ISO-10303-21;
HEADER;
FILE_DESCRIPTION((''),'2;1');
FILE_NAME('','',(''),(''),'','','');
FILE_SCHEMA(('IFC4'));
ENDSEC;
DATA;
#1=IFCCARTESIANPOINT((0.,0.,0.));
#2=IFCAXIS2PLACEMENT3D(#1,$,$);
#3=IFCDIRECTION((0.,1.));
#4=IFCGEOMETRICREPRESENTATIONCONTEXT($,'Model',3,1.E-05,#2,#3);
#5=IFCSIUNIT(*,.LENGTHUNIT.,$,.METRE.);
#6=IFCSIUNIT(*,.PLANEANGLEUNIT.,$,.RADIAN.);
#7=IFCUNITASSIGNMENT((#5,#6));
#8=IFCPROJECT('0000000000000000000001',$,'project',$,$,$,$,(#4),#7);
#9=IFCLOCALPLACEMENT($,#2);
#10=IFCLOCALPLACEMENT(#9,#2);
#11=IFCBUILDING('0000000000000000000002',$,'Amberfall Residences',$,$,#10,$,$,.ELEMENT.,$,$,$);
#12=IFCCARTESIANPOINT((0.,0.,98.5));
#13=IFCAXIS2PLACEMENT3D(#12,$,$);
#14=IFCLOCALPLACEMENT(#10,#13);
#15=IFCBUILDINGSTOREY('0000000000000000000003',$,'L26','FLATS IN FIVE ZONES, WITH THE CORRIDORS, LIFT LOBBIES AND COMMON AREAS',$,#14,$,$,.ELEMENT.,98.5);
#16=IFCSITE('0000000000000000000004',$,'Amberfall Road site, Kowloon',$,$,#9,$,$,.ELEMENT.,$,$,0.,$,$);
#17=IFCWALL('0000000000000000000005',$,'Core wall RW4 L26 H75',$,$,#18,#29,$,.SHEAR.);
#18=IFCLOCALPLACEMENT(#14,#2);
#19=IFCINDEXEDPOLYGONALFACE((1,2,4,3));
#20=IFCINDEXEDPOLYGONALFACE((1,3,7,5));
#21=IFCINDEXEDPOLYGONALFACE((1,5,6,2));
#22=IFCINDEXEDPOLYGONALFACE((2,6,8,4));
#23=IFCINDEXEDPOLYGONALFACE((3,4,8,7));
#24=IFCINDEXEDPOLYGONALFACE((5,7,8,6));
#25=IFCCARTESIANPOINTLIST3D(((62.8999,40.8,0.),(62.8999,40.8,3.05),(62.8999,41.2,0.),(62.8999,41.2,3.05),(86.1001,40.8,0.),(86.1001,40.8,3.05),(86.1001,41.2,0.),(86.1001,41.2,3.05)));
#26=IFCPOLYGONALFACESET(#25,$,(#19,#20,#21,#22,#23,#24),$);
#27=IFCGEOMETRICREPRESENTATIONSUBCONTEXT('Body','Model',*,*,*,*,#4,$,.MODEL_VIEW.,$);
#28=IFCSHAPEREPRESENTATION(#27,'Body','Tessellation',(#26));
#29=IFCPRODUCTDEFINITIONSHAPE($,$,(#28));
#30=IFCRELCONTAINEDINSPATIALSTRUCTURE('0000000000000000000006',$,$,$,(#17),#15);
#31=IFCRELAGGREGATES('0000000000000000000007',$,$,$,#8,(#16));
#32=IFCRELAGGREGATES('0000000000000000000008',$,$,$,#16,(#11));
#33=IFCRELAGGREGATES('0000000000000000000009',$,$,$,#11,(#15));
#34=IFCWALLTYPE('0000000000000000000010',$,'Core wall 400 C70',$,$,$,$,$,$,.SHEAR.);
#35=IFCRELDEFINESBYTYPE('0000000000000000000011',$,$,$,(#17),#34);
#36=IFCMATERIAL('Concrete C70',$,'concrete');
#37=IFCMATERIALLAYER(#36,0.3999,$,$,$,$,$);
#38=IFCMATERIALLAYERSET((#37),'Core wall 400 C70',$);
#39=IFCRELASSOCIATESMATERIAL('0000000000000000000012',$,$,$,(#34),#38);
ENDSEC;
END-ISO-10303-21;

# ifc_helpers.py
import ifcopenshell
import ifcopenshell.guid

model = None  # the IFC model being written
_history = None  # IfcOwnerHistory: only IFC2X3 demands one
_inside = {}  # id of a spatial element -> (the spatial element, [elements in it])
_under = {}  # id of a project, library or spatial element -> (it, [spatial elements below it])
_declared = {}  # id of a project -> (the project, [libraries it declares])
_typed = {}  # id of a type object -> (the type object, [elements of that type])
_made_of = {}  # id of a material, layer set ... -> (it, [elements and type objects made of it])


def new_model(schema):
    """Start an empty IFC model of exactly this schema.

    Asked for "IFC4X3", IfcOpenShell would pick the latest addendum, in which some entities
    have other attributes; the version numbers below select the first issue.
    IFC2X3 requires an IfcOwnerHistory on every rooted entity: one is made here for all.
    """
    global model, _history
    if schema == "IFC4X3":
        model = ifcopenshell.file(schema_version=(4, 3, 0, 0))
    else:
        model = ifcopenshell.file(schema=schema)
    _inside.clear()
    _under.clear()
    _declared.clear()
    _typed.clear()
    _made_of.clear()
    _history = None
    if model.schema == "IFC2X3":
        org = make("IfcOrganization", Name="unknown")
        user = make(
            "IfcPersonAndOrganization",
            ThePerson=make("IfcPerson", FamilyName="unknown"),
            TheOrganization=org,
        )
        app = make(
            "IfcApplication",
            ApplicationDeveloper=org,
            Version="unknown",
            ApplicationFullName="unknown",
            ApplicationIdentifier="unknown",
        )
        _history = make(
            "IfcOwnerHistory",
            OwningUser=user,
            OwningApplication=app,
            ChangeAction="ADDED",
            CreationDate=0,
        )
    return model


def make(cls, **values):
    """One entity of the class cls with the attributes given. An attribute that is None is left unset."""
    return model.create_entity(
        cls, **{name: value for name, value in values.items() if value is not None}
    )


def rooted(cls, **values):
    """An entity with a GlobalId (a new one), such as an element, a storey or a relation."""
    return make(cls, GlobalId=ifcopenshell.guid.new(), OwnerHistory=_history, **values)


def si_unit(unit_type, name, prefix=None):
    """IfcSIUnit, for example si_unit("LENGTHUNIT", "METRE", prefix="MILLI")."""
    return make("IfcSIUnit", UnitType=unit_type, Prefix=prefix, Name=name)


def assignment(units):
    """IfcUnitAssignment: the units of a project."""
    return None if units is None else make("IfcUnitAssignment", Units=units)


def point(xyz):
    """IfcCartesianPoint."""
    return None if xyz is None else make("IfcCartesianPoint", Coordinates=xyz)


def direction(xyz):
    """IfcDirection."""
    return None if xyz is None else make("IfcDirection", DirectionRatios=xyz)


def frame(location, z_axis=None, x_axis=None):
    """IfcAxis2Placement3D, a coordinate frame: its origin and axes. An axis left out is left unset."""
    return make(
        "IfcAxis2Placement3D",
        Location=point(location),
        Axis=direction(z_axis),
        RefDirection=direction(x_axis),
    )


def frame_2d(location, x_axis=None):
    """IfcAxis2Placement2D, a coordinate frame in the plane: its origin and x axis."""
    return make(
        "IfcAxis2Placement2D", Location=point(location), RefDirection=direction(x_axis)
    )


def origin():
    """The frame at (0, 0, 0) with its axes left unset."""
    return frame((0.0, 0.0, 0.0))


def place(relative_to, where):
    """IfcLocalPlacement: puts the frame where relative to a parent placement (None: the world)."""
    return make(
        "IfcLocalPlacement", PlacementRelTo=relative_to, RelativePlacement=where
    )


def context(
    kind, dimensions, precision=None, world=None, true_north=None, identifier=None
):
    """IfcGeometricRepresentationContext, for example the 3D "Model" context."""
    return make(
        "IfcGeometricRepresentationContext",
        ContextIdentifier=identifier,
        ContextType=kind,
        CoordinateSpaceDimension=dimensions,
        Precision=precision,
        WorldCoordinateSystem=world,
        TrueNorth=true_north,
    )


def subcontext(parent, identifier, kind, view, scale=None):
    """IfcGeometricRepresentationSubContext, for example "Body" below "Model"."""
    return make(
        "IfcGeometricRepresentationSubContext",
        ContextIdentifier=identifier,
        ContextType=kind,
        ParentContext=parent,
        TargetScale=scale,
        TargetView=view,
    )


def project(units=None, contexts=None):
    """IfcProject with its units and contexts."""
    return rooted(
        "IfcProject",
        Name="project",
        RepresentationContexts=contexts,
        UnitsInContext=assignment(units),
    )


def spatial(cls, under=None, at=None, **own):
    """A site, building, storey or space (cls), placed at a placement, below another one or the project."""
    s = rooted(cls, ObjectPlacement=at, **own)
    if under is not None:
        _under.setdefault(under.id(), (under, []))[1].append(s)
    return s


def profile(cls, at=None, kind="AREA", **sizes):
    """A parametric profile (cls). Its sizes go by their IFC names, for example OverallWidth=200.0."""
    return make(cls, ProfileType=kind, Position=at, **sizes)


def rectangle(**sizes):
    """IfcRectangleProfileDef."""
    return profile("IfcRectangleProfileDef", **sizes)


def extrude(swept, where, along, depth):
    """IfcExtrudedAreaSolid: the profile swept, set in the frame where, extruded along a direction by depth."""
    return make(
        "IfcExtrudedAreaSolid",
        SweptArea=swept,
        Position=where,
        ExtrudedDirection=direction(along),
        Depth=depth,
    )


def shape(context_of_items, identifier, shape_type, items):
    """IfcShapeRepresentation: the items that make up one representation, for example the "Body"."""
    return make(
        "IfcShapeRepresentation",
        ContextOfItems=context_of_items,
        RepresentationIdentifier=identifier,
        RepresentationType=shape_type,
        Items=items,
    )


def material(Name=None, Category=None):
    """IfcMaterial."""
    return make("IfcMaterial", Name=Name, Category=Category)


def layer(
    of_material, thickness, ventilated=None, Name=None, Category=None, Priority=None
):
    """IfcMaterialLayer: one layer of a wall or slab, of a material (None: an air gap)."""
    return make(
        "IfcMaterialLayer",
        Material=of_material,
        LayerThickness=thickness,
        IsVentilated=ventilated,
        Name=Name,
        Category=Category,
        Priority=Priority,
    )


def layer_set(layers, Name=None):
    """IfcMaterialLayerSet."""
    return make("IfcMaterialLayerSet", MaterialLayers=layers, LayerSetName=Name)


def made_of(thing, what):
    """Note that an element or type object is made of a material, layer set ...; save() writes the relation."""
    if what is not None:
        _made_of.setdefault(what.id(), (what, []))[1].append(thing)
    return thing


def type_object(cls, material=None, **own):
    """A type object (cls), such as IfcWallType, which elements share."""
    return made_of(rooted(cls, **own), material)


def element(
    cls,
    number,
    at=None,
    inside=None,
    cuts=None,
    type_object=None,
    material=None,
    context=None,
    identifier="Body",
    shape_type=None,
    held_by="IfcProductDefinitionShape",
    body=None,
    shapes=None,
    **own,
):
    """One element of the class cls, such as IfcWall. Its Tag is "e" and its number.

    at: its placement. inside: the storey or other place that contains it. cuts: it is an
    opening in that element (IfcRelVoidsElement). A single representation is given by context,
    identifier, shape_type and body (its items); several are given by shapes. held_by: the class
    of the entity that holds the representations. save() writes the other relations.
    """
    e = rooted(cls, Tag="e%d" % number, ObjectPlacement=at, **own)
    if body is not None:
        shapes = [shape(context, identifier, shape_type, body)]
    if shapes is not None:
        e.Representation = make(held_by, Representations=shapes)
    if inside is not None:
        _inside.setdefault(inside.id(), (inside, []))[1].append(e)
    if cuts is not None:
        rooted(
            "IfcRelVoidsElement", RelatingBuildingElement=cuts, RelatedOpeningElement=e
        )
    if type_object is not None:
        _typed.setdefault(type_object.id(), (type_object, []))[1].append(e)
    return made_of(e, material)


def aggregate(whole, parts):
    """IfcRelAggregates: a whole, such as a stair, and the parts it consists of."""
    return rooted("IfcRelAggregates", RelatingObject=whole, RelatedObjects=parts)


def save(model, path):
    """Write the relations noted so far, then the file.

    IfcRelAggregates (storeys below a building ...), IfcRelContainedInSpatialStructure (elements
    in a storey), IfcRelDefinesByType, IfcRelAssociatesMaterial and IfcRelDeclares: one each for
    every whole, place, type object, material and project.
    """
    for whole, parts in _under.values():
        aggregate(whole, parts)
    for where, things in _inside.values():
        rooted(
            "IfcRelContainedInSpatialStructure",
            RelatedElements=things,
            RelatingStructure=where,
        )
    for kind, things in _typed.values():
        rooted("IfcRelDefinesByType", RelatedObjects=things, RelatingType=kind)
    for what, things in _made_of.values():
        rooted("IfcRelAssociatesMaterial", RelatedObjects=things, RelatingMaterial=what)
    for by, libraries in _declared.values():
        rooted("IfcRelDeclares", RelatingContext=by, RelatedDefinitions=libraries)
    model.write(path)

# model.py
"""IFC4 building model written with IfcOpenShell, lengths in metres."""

from ifc_helpers import new_model, si_unit, direction, frame, frame_2d, origin, place, context, subcontext, project, spatial, rectangle, extrude, material, layer, layer_set, type_object, element, save


model = new_model("IFC4")

# Units and contexts
model_context = context("Model", 3, precision=1e-05, world=origin(), true_north=direction((0.0, 1.0)))
body_context = subcontext(model_context, "Body", "Model", "MODEL_VIEW")
ifc_project = project(units=[si_unit("LENGTHUNIT", "METRE"), si_unit("PLANEANGLEUNIT", "RADIAN")], contexts=[model_context])

# Site, building, storey
site_placement = place(None, origin())
site = spatial("IfcSite", under=ifc_project, at=site_placement, Name="Amberfall Road site, Kowloon", CompositionType="ELEMENT", RefElevation=0.0)
building_placement = place(site_placement, origin())
building = spatial("IfcBuilding", under=site, at=building_placement, Name="Amberfall Residences", CompositionType="ELEMENT")
storey_placement = place(building_placement, frame((0.0, 0.0, 98.5)))
storey = spatial("IfcBuildingStorey", under=building, at=storey_placement, Name="L26", Description="FLATS IN FIVE ZONES, WITH THE CORRIDORS, LIFT LOBBIES AND COMMON AREAS", CompositionType="ELEMENT", Elevation=98.5)

# Wall
ifc_material_1 = material(Name="Concrete C70", Category="concrete")
ifc_layer_1 = layer(ifc_material_1, 0.3999)
ifc_layer_set_1 = layer_set([ifc_layer_1], Name="Core wall 400 C70")
wall_type_1 = type_object("IfcWallType", Name="Core wall 400 C70", PredefinedType="SHEAR", material=ifc_layer_set_1)
wall_1_placement = place(storey_placement, frame((62.8999, 41.0, 0.0), z_axis=(0.0, 0.0, 1.0), x_axis=(1.0, 0.0, 0.0)))
element("IfcWall", 1, at=wall_1_placement, inside=storey, type_object=wall_type_1, Name="Core wall RW4 L26 H75", PredefinedType="SHEAR", context=body_context, shape_type="SweptSolid", body=[
    extrude(rectangle(XDim=23.2002, YDim=0.3999, at=frame_2d((11.6001, 0.0))), origin(), (0.0, 0.0, 1.0), 3.05),
])

save(model, "model.ifc")
